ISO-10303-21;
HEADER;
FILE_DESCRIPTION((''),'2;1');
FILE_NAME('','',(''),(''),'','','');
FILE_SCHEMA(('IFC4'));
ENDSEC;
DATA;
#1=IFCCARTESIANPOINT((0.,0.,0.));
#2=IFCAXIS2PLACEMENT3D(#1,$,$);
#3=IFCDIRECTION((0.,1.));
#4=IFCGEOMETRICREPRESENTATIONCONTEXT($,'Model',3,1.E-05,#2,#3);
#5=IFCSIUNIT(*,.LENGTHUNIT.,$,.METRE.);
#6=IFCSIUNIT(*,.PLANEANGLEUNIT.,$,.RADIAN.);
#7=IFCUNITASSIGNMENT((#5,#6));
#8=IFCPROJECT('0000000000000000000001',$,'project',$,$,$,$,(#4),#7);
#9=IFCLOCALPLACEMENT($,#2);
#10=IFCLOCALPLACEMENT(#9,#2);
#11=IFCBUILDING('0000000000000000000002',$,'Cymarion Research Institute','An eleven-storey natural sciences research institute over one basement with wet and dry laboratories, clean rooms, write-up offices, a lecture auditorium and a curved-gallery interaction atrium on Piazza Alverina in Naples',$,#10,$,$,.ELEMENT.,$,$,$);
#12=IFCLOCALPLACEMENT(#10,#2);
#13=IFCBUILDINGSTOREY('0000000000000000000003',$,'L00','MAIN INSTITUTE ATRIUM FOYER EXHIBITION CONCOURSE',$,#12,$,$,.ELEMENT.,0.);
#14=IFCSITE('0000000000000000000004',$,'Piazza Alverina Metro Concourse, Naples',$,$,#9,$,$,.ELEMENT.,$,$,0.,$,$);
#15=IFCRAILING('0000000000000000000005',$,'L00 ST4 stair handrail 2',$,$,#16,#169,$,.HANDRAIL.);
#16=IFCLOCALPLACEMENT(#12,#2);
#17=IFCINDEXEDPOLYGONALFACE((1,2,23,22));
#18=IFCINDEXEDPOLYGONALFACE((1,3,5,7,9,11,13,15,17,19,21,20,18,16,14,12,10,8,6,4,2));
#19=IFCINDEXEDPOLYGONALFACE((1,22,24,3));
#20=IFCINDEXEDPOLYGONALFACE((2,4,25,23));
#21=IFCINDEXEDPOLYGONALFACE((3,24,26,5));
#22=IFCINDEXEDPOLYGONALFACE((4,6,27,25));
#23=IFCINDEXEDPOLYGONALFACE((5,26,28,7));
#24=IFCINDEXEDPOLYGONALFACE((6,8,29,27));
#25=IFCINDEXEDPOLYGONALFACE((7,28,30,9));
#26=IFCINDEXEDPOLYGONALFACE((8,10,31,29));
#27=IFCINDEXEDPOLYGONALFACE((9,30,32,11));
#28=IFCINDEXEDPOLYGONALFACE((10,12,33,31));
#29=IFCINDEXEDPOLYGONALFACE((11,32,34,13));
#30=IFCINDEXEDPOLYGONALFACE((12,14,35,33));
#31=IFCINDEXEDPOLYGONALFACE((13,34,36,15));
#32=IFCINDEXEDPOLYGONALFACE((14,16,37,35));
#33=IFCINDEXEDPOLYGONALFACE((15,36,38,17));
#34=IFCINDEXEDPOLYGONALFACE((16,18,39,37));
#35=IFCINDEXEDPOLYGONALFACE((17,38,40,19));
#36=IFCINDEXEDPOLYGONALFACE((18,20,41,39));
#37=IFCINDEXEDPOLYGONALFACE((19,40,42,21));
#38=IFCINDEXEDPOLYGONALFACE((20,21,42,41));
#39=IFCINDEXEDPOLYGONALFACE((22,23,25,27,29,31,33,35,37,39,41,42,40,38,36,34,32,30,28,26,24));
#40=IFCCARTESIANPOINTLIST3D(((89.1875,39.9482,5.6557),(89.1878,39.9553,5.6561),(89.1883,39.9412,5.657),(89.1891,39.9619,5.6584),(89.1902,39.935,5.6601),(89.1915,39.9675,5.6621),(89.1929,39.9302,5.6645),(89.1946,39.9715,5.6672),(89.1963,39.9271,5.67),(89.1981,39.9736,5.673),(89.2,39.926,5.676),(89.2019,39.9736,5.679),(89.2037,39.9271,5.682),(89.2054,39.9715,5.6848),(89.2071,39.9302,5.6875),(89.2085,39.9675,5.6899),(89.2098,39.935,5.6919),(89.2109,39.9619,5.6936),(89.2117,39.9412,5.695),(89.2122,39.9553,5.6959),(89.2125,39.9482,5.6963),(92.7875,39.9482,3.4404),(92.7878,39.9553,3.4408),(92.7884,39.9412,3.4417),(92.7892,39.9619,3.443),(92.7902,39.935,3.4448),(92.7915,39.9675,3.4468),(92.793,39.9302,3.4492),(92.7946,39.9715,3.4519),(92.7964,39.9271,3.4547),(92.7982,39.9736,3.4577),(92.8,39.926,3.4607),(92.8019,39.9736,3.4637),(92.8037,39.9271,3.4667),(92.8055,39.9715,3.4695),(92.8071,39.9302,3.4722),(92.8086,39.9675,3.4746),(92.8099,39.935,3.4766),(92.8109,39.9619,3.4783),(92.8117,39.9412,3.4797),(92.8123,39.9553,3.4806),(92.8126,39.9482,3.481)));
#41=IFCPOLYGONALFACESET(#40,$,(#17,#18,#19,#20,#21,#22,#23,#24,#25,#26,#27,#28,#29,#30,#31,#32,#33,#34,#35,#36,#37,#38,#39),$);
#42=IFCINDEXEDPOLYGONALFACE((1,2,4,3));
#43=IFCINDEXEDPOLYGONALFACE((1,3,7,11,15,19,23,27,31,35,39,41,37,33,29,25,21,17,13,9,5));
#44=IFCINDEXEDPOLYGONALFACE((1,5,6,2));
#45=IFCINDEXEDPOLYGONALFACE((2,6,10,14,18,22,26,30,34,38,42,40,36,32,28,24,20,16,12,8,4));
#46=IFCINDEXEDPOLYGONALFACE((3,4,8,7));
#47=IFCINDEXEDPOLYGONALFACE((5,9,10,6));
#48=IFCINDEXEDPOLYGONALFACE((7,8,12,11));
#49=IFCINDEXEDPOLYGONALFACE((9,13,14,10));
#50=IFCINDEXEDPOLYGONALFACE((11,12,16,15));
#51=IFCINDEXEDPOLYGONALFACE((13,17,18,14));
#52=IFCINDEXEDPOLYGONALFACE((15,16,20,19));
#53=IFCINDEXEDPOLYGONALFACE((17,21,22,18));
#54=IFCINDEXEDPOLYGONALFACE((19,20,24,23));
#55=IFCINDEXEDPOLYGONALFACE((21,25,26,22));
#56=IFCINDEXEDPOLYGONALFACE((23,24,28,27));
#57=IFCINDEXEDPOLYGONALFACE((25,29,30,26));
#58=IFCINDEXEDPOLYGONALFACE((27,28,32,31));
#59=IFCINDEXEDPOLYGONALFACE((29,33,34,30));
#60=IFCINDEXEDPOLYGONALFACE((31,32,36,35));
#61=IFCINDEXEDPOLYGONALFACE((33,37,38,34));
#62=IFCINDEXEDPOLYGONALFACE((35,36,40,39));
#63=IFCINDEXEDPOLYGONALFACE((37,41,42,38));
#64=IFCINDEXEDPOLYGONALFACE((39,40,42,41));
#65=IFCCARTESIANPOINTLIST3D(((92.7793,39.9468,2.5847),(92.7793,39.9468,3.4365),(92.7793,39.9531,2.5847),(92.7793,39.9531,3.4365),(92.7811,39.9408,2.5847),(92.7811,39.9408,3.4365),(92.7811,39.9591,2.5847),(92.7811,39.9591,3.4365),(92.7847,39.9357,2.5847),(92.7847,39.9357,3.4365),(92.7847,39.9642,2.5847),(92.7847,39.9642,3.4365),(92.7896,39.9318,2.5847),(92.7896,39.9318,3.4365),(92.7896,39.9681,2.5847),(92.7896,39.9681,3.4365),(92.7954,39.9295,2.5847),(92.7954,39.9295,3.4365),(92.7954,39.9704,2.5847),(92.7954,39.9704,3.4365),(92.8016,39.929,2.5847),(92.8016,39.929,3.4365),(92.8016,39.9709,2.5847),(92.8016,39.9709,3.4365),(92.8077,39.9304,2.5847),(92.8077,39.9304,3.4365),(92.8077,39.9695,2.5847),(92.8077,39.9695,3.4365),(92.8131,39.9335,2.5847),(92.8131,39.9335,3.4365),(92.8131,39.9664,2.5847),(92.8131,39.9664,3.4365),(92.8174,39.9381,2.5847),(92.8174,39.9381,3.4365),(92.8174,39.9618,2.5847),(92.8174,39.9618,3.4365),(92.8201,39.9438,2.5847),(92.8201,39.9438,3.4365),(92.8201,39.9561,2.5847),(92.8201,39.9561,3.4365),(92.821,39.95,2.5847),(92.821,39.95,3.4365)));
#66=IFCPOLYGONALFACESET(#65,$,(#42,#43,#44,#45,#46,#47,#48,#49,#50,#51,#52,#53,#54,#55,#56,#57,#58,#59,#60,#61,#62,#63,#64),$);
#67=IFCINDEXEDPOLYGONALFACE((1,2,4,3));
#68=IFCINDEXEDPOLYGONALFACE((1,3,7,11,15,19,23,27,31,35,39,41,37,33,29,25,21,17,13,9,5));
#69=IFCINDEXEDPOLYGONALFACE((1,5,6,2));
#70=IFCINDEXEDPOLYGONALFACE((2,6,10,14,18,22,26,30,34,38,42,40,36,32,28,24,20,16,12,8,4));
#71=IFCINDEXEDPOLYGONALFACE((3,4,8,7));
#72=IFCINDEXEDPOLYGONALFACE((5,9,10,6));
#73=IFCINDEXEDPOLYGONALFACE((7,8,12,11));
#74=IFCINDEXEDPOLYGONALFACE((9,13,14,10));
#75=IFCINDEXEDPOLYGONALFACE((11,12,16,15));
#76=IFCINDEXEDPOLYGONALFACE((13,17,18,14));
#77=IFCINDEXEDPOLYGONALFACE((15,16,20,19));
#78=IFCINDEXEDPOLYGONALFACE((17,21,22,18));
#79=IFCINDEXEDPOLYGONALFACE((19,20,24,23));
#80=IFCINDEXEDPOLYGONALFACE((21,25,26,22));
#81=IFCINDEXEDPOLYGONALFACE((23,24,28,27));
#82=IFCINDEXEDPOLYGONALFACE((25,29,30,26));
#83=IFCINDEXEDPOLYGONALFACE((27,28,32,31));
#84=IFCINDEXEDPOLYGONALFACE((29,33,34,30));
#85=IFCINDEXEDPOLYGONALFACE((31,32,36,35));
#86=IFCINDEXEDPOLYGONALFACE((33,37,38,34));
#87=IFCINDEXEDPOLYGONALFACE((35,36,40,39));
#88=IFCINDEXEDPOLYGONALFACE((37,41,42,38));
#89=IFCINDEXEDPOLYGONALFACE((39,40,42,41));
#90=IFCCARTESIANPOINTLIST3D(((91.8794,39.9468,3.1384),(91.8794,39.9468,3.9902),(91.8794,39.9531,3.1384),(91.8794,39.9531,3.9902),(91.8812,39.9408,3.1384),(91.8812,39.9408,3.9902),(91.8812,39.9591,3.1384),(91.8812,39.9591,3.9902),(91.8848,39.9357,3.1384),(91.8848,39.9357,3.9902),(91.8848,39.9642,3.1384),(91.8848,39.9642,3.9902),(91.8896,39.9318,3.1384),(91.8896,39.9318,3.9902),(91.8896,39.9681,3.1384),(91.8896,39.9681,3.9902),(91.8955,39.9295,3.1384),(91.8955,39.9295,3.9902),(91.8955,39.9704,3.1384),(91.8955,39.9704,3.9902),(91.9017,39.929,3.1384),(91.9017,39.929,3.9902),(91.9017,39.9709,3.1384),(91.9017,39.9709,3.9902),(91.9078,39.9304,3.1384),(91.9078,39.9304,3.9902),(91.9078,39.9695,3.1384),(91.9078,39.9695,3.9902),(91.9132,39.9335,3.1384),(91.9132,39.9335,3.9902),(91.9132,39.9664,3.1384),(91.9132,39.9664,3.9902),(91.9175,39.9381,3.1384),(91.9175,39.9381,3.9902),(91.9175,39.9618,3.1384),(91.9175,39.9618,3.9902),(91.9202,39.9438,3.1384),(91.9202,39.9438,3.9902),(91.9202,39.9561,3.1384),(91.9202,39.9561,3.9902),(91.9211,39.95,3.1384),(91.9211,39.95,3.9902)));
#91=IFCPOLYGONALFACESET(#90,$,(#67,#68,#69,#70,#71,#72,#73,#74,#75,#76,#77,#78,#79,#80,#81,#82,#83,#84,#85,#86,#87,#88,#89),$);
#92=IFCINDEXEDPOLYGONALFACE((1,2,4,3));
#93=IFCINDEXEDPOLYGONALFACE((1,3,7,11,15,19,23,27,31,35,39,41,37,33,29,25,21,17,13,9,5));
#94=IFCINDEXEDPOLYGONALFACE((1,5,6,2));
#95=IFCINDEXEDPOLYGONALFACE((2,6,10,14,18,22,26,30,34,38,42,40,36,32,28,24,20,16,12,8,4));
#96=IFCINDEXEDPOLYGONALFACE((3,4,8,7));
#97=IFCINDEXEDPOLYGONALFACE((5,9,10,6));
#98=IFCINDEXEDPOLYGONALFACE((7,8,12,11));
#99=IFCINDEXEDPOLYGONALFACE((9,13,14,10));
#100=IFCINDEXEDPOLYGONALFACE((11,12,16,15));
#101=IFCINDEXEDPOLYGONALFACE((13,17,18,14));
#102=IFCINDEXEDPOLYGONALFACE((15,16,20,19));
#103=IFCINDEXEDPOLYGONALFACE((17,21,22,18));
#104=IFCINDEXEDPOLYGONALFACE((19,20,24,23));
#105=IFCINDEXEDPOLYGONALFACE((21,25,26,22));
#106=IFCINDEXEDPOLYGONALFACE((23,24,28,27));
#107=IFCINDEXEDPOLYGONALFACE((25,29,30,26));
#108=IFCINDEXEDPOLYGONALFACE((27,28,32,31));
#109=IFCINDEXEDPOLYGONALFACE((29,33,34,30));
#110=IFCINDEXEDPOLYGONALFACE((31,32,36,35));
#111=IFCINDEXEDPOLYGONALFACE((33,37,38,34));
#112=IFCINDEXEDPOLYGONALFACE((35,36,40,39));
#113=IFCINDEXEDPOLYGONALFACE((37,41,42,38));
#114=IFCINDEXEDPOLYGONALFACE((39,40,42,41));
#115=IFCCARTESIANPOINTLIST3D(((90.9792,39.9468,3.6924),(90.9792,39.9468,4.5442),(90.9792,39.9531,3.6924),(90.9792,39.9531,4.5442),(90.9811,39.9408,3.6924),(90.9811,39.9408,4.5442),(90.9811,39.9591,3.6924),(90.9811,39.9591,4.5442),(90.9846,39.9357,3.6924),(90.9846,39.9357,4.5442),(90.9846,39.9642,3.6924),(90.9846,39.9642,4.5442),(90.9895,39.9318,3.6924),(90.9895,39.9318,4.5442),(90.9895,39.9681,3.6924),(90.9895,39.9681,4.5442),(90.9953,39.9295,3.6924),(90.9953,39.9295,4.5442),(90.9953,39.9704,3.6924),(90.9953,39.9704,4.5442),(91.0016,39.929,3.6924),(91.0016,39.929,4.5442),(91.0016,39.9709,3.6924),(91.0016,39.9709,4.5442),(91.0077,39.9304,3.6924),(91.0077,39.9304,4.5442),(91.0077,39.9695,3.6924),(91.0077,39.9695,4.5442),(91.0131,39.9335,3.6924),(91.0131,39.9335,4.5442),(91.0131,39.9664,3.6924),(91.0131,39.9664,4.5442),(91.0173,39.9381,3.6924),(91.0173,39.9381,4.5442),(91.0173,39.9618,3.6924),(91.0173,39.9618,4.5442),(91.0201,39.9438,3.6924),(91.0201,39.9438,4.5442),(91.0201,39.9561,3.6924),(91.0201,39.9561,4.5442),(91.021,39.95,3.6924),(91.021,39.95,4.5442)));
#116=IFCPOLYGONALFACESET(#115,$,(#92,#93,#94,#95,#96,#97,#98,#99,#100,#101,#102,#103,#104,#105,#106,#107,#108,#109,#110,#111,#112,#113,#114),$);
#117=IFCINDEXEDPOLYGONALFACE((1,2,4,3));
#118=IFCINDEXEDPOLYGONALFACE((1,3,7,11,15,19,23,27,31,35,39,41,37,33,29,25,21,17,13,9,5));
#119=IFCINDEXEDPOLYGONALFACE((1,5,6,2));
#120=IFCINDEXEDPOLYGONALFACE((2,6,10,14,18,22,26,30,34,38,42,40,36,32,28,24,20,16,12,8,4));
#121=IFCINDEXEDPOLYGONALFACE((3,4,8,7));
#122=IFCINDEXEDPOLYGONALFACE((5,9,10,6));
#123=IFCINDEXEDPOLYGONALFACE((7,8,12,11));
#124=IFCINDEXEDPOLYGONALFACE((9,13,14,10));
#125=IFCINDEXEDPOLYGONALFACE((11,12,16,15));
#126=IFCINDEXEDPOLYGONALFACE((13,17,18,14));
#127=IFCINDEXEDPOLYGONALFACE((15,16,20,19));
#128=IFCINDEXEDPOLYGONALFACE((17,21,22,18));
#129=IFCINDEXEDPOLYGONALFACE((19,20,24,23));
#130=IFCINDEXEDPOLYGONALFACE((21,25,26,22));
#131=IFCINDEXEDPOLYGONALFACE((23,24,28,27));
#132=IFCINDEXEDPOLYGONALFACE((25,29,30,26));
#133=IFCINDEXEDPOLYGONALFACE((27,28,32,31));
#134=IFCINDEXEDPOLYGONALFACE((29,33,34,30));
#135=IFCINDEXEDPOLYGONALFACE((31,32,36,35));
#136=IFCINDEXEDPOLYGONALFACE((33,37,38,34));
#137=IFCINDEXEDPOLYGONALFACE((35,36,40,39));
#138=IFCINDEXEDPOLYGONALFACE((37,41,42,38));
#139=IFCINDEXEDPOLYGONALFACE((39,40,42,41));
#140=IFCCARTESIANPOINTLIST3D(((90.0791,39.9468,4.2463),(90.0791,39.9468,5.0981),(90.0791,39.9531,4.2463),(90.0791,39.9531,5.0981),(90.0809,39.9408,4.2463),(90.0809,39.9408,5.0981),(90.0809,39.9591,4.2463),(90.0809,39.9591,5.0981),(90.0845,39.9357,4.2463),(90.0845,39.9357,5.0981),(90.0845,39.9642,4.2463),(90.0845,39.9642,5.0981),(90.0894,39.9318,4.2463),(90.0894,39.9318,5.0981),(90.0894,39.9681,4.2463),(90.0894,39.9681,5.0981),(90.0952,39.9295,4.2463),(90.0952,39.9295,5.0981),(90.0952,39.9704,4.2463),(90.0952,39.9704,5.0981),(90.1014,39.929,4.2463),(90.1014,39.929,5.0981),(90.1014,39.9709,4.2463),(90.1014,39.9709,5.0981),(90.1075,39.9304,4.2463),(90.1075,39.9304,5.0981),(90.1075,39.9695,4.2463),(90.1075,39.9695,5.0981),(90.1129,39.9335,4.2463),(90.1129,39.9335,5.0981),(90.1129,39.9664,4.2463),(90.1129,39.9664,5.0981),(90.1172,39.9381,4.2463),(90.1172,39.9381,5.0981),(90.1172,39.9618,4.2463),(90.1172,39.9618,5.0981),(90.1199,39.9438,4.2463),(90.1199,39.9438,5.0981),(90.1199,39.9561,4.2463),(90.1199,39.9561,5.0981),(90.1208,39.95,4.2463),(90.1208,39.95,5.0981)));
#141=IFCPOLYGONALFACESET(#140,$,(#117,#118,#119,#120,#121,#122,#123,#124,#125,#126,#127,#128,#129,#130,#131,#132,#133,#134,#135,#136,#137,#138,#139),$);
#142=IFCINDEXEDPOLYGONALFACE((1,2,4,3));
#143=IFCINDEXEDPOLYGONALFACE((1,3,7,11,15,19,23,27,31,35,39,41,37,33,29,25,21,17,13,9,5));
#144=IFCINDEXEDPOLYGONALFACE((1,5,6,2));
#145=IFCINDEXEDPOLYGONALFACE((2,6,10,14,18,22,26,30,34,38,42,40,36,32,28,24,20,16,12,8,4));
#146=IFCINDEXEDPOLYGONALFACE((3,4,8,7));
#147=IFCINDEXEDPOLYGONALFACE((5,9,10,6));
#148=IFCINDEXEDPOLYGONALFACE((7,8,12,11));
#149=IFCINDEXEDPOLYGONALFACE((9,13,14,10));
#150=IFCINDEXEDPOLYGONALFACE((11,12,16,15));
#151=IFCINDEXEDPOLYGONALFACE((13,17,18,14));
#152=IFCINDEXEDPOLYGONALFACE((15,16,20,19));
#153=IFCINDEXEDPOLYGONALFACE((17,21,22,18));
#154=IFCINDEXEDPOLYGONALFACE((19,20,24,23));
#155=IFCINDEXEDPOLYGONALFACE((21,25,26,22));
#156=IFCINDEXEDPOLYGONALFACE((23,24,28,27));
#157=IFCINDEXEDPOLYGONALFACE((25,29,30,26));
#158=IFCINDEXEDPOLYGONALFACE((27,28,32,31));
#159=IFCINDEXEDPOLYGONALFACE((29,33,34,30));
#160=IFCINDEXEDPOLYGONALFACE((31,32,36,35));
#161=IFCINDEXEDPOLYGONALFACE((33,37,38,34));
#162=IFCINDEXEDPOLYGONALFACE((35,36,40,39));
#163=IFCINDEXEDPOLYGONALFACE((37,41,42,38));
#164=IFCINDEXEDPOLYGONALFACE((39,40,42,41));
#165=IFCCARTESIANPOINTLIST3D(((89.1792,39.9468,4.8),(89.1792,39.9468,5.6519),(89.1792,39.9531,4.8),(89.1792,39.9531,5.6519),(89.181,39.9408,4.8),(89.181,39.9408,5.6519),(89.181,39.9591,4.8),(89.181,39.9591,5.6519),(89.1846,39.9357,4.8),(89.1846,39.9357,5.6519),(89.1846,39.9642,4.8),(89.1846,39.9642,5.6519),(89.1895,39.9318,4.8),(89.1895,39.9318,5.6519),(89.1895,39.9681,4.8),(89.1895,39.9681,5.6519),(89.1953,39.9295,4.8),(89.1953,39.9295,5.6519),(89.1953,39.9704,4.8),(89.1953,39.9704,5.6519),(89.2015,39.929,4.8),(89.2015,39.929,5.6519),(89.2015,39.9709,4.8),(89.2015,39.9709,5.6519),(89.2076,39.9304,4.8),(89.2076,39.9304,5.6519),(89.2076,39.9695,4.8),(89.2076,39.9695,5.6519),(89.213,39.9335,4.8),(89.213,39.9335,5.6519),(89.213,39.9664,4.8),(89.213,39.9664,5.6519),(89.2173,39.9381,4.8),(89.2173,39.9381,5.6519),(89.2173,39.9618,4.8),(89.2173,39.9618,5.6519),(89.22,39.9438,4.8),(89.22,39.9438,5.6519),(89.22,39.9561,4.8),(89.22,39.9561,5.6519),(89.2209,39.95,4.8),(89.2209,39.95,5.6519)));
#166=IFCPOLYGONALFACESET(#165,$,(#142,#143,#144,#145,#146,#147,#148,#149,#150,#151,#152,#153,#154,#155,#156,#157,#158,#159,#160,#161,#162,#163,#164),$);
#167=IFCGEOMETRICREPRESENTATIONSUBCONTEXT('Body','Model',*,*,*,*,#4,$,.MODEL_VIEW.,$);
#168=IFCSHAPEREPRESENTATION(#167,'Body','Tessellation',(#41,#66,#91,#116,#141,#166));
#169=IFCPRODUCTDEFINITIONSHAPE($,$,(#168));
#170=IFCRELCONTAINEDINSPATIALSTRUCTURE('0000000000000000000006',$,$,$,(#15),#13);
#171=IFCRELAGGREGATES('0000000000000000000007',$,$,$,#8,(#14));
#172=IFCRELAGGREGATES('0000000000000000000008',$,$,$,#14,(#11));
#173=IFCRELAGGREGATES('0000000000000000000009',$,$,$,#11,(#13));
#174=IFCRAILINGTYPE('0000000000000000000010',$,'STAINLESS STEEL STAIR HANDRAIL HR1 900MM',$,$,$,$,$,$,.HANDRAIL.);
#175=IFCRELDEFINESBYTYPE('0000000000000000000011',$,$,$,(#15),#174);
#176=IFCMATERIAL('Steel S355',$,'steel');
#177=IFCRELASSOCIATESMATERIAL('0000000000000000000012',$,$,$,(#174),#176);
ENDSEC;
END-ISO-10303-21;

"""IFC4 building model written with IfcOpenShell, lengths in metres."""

from ifc_helpers import new_model, si_unit, direction, frame, origin, origin_2d, place, context, subcontext, project, spatial, circle, extrude, material, type_object, element, save


model = new_model("IFC4")

# Units and contexts
model_context = context("Model", 3, precision=1e-05, world=origin(), true_north=direction((0.0, 1.0)))
body_context = subcontext(model_context, "Body", "Model", "MODEL_VIEW")
ifc_project = project(units=[si_unit("LENGTHUNIT", "METRE"), si_unit("PLANEANGLEUNIT", "RADIAN")], contexts=[model_context])

# Site, building, storey
site_placement = place(None, origin())
site = spatial("IfcSite", under=ifc_project, at=site_placement, Name="Piazza Alverina Metro Concourse, Naples", CompositionType="ELEMENT", RefElevation=0.0)
building_placement = place(site_placement, origin())
building = spatial("IfcBuilding", under=site, at=building_placement, Name="Cymarion Research Institute", Description="An eleven-storey natural sciences research institute over one basement with wet and dry laboratories, clean rooms, write-up offices, a lecture auditorium and a curved-gallery interaction atrium on Piazza Alverina in Naples", CompositionType="ELEMENT")
storey_placement = place(building_placement, origin())
storey = spatial("IfcBuildingStorey", under=building, at=storey_placement, Name="L00", Description="MAIN INSTITUTE ATRIUM FOYER EXHIBITION CONCOURSE", CompositionType="ELEMENT", Elevation=0.0)

# Shared definitions
ifc_material_1 = material(Name="Steel S355", Category="steel")

# Railing
railing_type_1 = type_object("IfcRailingType", Name="STAINLESS STEEL STAIR HANDRAIL HR1 900MM", PredefinedType="HANDRAIL", material=ifc_material_1)
railing_1_placement = place(storey_placement, frame((92.8, 39.95, 2.5847)))
element("IfcRailing", 1, at=railing_1_placement, inside=storey, type_object=railing_type_1, Name="L00 ST4 stair handrail 2", PredefinedType="HANDRAIL", context=body_context, shape_type="SweptSolid", body=[
    extrude(circle(Radius=0.0239, at=origin_2d()), frame((0.0, 0.0, 0.876), z_axis=(-0.85167, 0.0, 0.524078), x_axis=(0.0, -1.0, 0.0)), (0.0, 0.0, 1.0), 4.2271),
    extrude(circle(Radius=0.021, at=origin_2d()), origin(), (0.0, 0.0, 1.0), 0.8518),
    extrude(circle(Radius=0.021, at=origin_2d()), frame((-0.8999, 0.0, 0.5537)), (0.0, 0.0, 1.0), 0.8518),
    extrude(circle(Radius=0.021, at=origin_2d()), frame((-1.8, 0.0, 1.1077)), (0.0, 0.0, 1.0), 0.8518),
    extrude(circle(Radius=0.021, at=origin_2d()), frame((-2.7002, 0.0, 1.6616)), (0.0, 0.0, 1.0), 0.8518),
    extrude(circle(Radius=0.021, at=origin_2d()), frame((-3.6001, 0.0, 2.2153)), (0.0, 0.0, 1.0), 0.8518),
])

save(model, "model.ifc")
